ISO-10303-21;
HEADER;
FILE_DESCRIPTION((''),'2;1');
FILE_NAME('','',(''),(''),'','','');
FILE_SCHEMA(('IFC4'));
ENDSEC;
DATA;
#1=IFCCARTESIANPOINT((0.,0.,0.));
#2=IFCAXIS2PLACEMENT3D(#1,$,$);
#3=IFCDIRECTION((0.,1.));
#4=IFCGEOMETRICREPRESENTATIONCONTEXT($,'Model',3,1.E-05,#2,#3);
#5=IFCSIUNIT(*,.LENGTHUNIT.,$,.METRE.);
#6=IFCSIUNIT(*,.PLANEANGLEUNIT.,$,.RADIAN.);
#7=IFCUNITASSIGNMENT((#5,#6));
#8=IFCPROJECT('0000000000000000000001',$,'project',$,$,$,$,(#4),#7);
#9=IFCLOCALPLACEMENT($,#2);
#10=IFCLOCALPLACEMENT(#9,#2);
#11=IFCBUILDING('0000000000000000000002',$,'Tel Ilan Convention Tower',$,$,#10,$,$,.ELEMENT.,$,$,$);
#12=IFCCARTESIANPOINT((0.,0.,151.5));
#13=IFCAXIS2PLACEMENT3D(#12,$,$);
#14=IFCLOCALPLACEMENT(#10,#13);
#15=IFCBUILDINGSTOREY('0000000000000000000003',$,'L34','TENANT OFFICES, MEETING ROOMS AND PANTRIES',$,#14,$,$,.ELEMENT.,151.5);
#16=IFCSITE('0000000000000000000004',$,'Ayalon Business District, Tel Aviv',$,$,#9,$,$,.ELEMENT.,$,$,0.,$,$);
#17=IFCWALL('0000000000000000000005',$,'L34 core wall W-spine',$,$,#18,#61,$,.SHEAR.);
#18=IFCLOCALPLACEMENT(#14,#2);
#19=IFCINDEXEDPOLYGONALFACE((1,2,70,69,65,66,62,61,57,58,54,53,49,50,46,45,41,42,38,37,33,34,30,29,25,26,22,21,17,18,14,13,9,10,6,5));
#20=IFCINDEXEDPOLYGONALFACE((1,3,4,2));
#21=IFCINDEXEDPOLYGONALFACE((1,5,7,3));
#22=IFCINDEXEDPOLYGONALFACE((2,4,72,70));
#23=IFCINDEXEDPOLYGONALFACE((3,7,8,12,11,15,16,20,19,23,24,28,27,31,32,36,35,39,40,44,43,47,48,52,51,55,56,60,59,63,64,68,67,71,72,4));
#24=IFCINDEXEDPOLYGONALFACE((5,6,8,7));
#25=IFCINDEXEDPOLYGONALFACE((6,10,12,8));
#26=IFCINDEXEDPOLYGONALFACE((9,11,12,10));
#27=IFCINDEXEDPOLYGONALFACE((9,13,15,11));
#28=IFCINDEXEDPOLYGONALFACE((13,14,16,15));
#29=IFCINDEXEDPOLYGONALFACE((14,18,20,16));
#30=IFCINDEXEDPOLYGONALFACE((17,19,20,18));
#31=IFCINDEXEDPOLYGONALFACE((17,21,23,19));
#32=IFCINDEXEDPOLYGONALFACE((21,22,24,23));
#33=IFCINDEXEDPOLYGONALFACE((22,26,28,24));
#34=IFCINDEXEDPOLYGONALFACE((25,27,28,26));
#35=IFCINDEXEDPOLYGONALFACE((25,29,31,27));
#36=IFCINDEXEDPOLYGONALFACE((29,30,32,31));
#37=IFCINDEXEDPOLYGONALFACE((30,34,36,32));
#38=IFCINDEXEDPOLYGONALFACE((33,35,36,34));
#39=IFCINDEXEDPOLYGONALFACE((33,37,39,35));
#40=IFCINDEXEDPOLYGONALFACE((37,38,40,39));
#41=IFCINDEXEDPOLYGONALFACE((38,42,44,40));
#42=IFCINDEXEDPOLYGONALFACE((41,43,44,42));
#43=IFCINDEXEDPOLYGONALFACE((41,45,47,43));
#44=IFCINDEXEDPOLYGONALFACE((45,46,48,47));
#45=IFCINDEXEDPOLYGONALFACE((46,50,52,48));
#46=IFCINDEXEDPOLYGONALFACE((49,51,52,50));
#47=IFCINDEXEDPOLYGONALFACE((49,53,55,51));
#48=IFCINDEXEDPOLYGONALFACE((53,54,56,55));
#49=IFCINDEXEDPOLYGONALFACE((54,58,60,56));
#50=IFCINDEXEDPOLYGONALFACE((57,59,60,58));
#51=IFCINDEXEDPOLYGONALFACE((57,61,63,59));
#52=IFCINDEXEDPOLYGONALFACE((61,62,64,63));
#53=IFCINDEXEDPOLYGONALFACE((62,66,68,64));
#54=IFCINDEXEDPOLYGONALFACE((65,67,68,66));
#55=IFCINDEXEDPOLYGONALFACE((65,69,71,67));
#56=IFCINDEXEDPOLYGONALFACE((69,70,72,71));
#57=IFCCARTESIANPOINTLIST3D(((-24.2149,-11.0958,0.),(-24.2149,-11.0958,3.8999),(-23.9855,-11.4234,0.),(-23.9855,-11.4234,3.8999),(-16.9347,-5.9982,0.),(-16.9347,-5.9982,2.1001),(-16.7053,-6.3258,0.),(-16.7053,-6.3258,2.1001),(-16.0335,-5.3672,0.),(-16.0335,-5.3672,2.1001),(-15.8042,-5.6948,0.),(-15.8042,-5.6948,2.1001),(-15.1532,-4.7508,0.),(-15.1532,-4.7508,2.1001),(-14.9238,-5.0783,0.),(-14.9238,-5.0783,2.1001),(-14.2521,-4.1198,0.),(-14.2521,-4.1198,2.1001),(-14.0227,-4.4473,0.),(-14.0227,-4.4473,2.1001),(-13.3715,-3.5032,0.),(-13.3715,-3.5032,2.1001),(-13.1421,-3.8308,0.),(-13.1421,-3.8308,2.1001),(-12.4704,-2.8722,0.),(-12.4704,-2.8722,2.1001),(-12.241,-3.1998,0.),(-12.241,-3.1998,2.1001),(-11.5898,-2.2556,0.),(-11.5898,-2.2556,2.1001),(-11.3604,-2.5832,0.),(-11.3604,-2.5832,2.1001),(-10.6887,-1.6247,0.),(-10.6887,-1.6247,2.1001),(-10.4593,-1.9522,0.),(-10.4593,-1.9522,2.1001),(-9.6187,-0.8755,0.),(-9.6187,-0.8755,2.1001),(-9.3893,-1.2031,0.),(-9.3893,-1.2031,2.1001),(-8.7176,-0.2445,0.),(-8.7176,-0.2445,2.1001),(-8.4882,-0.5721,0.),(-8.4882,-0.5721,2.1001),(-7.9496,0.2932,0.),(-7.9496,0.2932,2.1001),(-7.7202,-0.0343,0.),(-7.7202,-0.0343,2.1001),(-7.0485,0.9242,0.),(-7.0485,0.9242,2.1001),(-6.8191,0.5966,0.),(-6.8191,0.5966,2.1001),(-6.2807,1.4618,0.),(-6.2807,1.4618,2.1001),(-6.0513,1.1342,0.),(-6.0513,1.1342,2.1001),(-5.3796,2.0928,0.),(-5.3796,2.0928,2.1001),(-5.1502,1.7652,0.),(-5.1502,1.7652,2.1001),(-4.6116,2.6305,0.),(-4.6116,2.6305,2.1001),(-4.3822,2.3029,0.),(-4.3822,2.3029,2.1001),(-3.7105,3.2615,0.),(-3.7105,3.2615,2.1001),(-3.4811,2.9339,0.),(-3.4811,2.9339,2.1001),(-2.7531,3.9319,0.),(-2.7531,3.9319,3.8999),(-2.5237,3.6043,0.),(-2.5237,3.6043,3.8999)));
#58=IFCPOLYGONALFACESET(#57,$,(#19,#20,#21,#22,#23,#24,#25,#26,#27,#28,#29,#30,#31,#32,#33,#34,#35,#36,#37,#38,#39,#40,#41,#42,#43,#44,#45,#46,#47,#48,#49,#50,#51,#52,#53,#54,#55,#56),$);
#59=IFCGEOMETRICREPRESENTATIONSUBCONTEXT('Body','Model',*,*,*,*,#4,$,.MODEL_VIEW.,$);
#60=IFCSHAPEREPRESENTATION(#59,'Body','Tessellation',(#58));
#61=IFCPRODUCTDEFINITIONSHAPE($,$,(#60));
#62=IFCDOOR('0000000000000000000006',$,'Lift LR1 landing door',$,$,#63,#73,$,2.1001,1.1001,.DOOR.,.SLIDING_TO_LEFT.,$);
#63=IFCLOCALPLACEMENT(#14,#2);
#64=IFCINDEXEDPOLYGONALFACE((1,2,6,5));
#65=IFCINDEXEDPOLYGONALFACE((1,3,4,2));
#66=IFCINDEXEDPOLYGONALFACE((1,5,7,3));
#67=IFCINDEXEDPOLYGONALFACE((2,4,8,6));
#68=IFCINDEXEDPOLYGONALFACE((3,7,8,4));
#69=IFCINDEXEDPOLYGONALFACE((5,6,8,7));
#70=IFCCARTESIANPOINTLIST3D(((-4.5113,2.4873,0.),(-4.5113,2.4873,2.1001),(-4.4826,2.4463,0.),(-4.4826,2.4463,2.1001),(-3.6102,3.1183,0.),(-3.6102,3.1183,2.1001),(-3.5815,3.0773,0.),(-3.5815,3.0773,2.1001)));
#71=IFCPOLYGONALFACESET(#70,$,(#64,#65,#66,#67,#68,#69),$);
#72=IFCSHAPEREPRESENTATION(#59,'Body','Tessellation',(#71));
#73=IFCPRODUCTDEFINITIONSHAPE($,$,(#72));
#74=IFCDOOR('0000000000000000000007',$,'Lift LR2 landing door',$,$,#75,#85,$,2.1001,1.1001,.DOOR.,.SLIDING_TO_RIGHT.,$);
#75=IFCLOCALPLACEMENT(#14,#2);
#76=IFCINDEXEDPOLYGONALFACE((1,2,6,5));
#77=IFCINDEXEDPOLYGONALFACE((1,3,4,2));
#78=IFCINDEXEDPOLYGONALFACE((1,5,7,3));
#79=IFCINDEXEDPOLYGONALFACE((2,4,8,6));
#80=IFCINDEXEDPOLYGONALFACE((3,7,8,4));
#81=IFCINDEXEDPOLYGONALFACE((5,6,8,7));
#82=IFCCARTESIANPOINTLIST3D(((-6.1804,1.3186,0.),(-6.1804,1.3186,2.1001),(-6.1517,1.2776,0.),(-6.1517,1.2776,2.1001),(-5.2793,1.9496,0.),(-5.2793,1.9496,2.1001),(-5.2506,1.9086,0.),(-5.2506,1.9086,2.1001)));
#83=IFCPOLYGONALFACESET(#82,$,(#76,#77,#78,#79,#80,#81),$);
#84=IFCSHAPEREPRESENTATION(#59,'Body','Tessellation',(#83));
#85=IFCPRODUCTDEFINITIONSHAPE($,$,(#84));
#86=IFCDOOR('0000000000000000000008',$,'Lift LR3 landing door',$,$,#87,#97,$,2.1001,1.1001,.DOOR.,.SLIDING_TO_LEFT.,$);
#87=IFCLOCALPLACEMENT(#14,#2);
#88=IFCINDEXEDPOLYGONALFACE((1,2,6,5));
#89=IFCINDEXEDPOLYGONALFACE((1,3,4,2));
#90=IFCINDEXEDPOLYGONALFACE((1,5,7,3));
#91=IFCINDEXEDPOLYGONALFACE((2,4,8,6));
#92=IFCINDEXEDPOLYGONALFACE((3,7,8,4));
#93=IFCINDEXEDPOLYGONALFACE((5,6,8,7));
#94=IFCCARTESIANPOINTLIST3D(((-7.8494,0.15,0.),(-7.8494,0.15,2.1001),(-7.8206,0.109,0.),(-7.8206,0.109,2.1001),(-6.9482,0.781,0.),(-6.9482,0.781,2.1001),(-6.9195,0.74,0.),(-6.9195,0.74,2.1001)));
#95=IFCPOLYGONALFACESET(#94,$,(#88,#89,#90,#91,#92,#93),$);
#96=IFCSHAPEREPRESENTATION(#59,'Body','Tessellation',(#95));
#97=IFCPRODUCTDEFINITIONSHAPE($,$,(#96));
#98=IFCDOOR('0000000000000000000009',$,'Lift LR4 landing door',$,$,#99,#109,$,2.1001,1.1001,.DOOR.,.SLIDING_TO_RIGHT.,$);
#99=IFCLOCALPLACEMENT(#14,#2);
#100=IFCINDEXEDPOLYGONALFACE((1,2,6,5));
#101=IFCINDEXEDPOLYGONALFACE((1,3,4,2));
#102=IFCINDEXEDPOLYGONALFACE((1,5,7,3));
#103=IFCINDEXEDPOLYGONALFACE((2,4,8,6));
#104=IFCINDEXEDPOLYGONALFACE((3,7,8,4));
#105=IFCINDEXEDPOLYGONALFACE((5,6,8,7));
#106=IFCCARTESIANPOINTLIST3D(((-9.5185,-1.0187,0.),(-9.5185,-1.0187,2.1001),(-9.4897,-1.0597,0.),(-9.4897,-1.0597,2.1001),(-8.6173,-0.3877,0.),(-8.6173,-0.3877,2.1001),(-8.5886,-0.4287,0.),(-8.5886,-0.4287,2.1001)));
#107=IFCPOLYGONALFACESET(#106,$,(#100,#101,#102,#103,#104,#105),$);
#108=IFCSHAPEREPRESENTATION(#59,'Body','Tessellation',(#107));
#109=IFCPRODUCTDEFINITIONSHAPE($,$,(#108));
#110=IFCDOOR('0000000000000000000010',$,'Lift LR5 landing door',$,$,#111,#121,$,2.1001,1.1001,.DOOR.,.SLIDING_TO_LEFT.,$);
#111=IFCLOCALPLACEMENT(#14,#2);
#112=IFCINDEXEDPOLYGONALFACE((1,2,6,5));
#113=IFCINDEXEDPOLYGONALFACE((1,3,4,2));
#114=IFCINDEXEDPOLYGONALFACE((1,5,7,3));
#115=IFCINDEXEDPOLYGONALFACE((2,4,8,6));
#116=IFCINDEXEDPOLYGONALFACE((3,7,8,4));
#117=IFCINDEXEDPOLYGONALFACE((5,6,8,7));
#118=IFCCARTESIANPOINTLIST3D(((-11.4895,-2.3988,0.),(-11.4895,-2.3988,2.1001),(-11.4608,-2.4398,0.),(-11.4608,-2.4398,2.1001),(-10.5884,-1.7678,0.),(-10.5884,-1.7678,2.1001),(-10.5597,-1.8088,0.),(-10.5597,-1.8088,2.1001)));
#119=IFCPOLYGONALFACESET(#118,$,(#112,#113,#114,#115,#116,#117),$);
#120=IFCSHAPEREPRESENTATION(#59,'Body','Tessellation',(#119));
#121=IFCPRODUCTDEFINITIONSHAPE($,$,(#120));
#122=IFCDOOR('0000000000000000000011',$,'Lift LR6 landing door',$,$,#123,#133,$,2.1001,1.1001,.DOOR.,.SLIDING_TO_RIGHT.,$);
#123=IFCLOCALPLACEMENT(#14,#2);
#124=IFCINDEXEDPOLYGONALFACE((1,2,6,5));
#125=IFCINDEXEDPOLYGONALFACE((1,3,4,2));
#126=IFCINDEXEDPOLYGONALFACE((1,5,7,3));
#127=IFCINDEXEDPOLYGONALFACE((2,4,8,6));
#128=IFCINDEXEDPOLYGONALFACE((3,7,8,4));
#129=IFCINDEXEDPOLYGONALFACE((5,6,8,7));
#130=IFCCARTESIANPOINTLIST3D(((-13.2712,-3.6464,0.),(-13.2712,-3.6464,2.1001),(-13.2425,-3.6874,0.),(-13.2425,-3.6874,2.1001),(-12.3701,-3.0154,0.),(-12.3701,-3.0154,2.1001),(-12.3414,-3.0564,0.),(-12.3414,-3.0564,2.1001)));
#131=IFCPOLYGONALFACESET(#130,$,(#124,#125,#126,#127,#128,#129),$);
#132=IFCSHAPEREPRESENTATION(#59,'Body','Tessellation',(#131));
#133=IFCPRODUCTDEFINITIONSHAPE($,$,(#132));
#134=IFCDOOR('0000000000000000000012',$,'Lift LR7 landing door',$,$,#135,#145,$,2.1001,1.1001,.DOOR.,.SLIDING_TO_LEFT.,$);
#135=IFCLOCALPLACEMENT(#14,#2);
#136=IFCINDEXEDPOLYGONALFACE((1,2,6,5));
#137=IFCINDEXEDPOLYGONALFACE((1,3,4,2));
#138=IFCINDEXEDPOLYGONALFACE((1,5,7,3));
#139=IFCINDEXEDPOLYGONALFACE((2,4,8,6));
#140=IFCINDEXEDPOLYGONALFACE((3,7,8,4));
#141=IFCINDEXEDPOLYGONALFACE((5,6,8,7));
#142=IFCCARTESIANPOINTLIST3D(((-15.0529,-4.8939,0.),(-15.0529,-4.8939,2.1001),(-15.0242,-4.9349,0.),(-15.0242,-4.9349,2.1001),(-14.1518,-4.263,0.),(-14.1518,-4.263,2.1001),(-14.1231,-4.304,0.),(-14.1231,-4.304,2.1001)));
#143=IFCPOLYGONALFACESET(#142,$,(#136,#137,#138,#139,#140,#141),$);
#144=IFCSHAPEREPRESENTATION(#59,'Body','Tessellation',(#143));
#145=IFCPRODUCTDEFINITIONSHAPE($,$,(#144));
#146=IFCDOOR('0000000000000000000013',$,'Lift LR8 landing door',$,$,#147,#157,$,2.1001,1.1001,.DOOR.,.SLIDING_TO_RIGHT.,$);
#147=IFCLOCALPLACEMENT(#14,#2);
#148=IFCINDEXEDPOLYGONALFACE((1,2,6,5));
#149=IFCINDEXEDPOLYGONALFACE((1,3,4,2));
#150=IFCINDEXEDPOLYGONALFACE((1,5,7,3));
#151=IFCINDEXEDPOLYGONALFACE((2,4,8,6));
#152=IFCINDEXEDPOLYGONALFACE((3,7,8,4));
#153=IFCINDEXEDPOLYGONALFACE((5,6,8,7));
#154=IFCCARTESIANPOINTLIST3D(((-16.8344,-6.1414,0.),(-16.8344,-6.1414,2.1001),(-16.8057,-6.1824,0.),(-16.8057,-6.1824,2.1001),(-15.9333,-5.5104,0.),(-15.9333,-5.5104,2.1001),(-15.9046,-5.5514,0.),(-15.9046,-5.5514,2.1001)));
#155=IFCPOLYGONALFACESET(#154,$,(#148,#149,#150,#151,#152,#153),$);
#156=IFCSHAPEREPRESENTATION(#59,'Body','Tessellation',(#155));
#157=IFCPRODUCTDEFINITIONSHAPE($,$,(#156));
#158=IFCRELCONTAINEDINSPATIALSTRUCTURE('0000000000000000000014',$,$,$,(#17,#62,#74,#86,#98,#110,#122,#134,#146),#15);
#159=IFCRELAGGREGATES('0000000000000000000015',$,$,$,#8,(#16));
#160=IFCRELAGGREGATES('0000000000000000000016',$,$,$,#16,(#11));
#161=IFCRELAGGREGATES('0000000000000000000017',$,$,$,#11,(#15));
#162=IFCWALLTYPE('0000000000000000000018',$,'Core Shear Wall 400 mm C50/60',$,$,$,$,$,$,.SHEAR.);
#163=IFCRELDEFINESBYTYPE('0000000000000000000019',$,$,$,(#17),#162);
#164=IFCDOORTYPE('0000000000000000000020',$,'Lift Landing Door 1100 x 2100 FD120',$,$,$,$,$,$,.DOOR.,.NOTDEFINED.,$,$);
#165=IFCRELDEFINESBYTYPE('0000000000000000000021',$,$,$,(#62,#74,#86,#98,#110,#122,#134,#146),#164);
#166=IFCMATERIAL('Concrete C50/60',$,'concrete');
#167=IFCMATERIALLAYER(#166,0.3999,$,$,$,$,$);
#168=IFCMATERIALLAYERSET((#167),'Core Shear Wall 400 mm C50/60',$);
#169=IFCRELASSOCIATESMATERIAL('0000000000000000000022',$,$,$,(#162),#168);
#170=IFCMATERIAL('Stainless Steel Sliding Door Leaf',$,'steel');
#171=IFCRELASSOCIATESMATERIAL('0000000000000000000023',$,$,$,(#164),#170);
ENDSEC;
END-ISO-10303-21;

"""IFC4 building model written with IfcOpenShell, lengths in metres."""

from ifc_helpers import new_model, si_unit, direction, frame, frame_2d, origin, place, context, subcontext, project, spatial, polyline, rectangle, outline, extrude, material, layer, layer_set, type_object, element, fill, save


model = new_model("IFC4")

# Units and contexts
model_context = context("Model", 3, precision=1e-05, world=origin(), true_north=direction((0.0, 1.0)))
body_context = subcontext(model_context, "Body", "Model", "MODEL_VIEW")
ifc_project = project(units=[si_unit("LENGTHUNIT", "METRE"), si_unit("PLANEANGLEUNIT", "RADIAN")], contexts=[model_context])

# Site, building, storey
site_placement = place(None, origin())
site = spatial("IfcSite", under=ifc_project, at=site_placement, Name="Ayalon Business District, Tel Aviv", CompositionType="ELEMENT", RefElevation=0.0)
building_placement = place(site_placement, origin())
building = spatial("IfcBuilding", under=site, at=building_placement, Name="Tel Ilan Convention Tower", CompositionType="ELEMENT")
storey_placement = place(building_placement, frame((0.0, 0.0, 151.5)))
storey = spatial("IfcBuildingStorey", under=building, at=storey_placement, Name="L34", Description="TENANT OFFICES, MEETING ROOMS AND PANTRIES", CompositionType="ELEMENT", Elevation=151.5)

# Wall, openings, doors
ifc_material_1 = material(Name="Concrete C50/60", Category="concrete")
ifc_layer_1 = layer(ifc_material_1, 0.3999)
ifc_layer_set_1 = layer_set([ifc_layer_1], Name="Core Shear Wall 400 mm C50/60")
wall_type_1 = type_object("IfcWallType", Name="Core Shear Wall 400 mm C50/60", PredefinedType="SHEAR", material=ifc_layer_set_1)
wall_1_placement = place(storey_placement, frame((-2.6384, 3.7681, 0.0), z_axis=(0.0, 0.0, 1.0), x_axis=(-0.819153, -0.573576, 0.0)))
wall_1 = element("IfcWall", 1, at=wall_1_placement, inside=storey, type_object=wall_type_1, Name="L34 core wall W-spine", PredefinedType="SHEAR", context=body_context, shape_type="SweptSolid", body=[
    extrude(outline(polyline([(26.2, 0.2), (0.0, 0.2), (0.0, -0.2), (26.2, -0.2), (26.2, 0.2)])), origin(), (0.0, 0.0, 1.0), 3.8999),
])
opening_1_placement = place(wall_1_placement, frame((1.1687, 0.0, 0.0)))
opening_1 = element("IfcOpeningElement", 2, at=opening_1_placement, cuts=wall_1, PredefinedType="OPENING", context=body_context, shape_type="SweptSolid", body=[
    extrude(rectangle(XDim=1.1001, YDim=2.1001, at=frame_2d((0.55, 1.05))), frame((0.0, 0.21, 0.0), z_axis=(0.0, -1.0, 0.0), x_axis=(1.0, 0.0, 0.0)), (0.0, 0.0, 1.0), 0.4199),
])
opening_2_placement = place(wall_1_placement, frame((3.2063, 0.0, 0.0)))
opening_2 = element("IfcOpeningElement", 3, at=opening_2_placement, cuts=wall_1, PredefinedType="OPENING", context=body_context, shape_type="SweptSolid", body=[
    extrude(rectangle(XDim=1.1001, YDim=2.1001, at=frame_2d((0.55, 1.05))), frame((0.0, 0.21, 0.0), z_axis=(0.0, -1.0, 0.0), x_axis=(1.0, 0.0, 0.0)), (0.0, 0.0, 1.0), 0.4199),
])
opening_3_placement = place(wall_1_placement, frame((5.2437, 0.0, 0.0)))
opening_3 = element("IfcOpeningElement", 4, at=opening_3_placement, cuts=wall_1, PredefinedType="OPENING", context=body_context, shape_type="SweptSolid", body=[
    extrude(rectangle(XDim=1.1001, YDim=2.1001, at=frame_2d((0.55, 1.05))), frame((0.0, 0.21, 0.0), z_axis=(0.0, -1.0, 0.0), x_axis=(1.0, 0.0, 0.0)), (0.0, 0.0, 1.0), 0.4199),
])
opening_4_placement = place(wall_1_placement, frame((7.2812, 0.0, 0.0)))
opening_4 = element("IfcOpeningElement", 5, at=opening_4_placement, cuts=wall_1, PredefinedType="OPENING", context=body_context, shape_type="SweptSolid", body=[
    extrude(rectangle(XDim=1.1001, YDim=2.1001, at=frame_2d((0.55, 1.05))), frame((0.0, 0.21, 0.0), z_axis=(0.0, -1.0, 0.0), x_axis=(1.0, 0.0, 0.0)), (0.0, 0.0, 1.0), 0.4199),
])
opening_5_placement = place(wall_1_placement, frame((9.6875, 0.0, 0.0)))
opening_5 = element("IfcOpeningElement", 6, at=opening_5_placement, cuts=wall_1, PredefinedType="OPENING", context=body_context, shape_type="SweptSolid", body=[
    extrude(rectangle(XDim=1.1001, YDim=2.1001, at=frame_2d((0.55, 1.05))), frame((0.0, 0.21, 0.0), z_axis=(0.0, -1.0, 0.0), x_axis=(1.0, 0.0, 0.0)), (0.0, 0.0, 1.0), 0.4199),
])
opening_6_placement = place(wall_1_placement, frame((11.8625, 0.0, 0.0)))
opening_6 = element("IfcOpeningElement", 7, at=opening_6_placement, cuts=wall_1, PredefinedType="OPENING", context=body_context, shape_type="SweptSolid", body=[
    extrude(rectangle(XDim=1.1001, YDim=2.1001, at=frame_2d((0.55, 1.05))), frame((0.0, 0.21, 0.0), z_axis=(0.0, -1.0, 0.0), x_axis=(1.0, 0.0, 0.0)), (0.0, 0.0, 1.0), 0.4199),
])
opening_7_placement = place(wall_1_placement, frame((14.0376, 0.0, 0.0)))
opening_7 = element("IfcOpeningElement", 8, at=opening_7_placement, cuts=wall_1, PredefinedType="OPENING", context=body_context, shape_type="SweptSolid", body=[
    extrude(rectangle(XDim=1.1001, YDim=2.1001, at=frame_2d((0.55, 1.05))), frame((0.0, 0.21, 0.0), z_axis=(0.0, -1.0, 0.0), x_axis=(1.0, 0.0, 0.0)), (0.0, 0.0, 1.0), 0.4199),
])
opening_8_placement = place(wall_1_placement, frame((16.2124, 0.0, 0.0)))
opening_8 = element("IfcOpeningElement", 9, at=opening_8_placement, cuts=wall_1, PredefinedType="OPENING", context=body_context, shape_type="SweptSolid", body=[
    extrude(rectangle(XDim=1.1001, YDim=2.1001, at=frame_2d((0.55, 1.05))), frame((0.0, 0.21, 0.0), z_axis=(0.0, -1.0, 0.0), x_axis=(1.0, 0.0, 0.0)), (0.0, 0.0, 1.0), 0.4199),
])
ifc_material_2 = material(Name="Stainless Steel Sliding Door Leaf", Category="steel")
door_type = type_object("IfcDoorType", Name="Lift Landing Door 1100 x 2100 FD120", OperationType="NOTDEFINED", PredefinedType="DOOR", material=ifc_material_2)
door_1_placement = place(opening_1_placement, origin())
door_1 = element("IfcDoor", 10, at=door_1_placement, inside=storey, type_object=door_type, Name="Lift LR1 landing door", OperationType="SLIDING_TO_LEFT", OverallHeight=2.1001, OverallWidth=1.1001, PredefinedType="DOOR", context=body_context, shape_type="SweptSolid", body=[
    extrude(rectangle(XDim=1.1001, YDim=2.1001, at=frame_2d((0.55, 1.05))), frame((0.0, 0.0249, 0.0), z_axis=(0.0, -1.0, 0.0), x_axis=(1.0, 0.0, 0.0)), (0.0, 0.0, 1.0), 0.05),
])
fill(opening_1, door_1)
door_2_placement = place(opening_2_placement, origin())
door_2 = element("IfcDoor", 11, at=door_2_placement, inside=storey, type_object=door_type, Name="Lift LR2 landing door", OperationType="SLIDING_TO_RIGHT", OverallHeight=2.1001, OverallWidth=1.1001, PredefinedType="DOOR", context=body_context, shape_type="SweptSolid", body=[
    extrude(rectangle(XDim=1.1001, YDim=2.1001, at=frame_2d((0.55, 1.05))), frame((0.0, 0.0249, 0.0), z_axis=(0.0, -1.0, 0.0), x_axis=(1.0, 0.0, 0.0)), (0.0, 0.0, 1.0), 0.05),
])
fill(opening_2, door_2)
door_3_placement = place(opening_3_placement, origin())
door_3 = element("IfcDoor", 12, at=door_3_placement, inside=storey, type_object=door_type, Name="Lift LR3 landing door", OperationType="SLIDING_TO_LEFT", OverallHeight=2.1001, OverallWidth=1.1001, PredefinedType="DOOR", context=body_context, shape_type="SweptSolid", body=[
    extrude(rectangle(XDim=1.1001, YDim=2.1001, at=frame_2d((0.55, 1.05))), frame((0.0, 0.0249, 0.0), z_axis=(0.0, -1.0, 0.0), x_axis=(1.0, 0.0, 0.0)), (0.0, 0.0, 1.0), 0.05),
])
fill(opening_3, door_3)
door_4_placement = place(opening_4_placement, origin())
door_4 = element("IfcDoor", 13, at=door_4_placement, inside=storey, type_object=door_type, Name="Lift LR4 landing door", OperationType="SLIDING_TO_RIGHT", OverallHeight=2.1001, OverallWidth=1.1001, PredefinedType="DOOR", context=body_context, shape_type="SweptSolid", body=[
    extrude(rectangle(XDim=1.1001, YDim=2.1001, at=frame_2d((0.55, 1.05))), frame((0.0, 0.0249, 0.0), z_axis=(0.0, -1.0, 0.0), x_axis=(1.0, 0.0, 0.0)), (0.0, 0.0, 1.0), 0.05),
])
fill(opening_4, door_4)
door_5_placement = place(opening_5_placement, origin())
door_5 = element("IfcDoor", 14, at=door_5_placement, inside=storey, type_object=door_type, Name="Lift LR5 landing door", OperationType="SLIDING_TO_LEFT", OverallHeight=2.1001, OverallWidth=1.1001, PredefinedType="DOOR", context=body_context, shape_type="SweptSolid", body=[
    extrude(rectangle(XDim=1.1001, YDim=2.1001, at=frame_2d((0.55, 1.05))), frame((0.0, 0.0249, 0.0), z_axis=(0.0, -1.0, 0.0), x_axis=(1.0, 0.0, 0.0)), (0.0, 0.0, 1.0), 0.05),
])
fill(opening_5, door_5)
door_6_placement = place(opening_6_placement, origin())
door_6 = element("IfcDoor", 15, at=door_6_placement, inside=storey, type_object=door_type, Name="Lift LR6 landing door", OperationType="SLIDING_TO_RIGHT", OverallHeight=2.1001, OverallWidth=1.1001, PredefinedType="DOOR", context=body_context, shape_type="SweptSolid", body=[
    extrude(rectangle(XDim=1.1001, YDim=2.1001, at=frame_2d((0.55, 1.05))), frame((0.0, 0.0249, 0.0), z_axis=(0.0, -1.0, 0.0), x_axis=(1.0, 0.0, 0.0)), (0.0, 0.0, 1.0), 0.05),
])
fill(opening_6, door_6)
door_7_placement = place(opening_7_placement, origin())
door_7 = element("IfcDoor", 16, at=door_7_placement, inside=storey, type_object=door_type, Name="Lift LR7 landing door", OperationType="SLIDING_TO_LEFT", OverallHeight=2.1001, OverallWidth=1.1001, PredefinedType="DOOR", context=body_context, shape_type="SweptSolid", body=[
    extrude(rectangle(XDim=1.1001, YDim=2.1001, at=frame_2d((0.55, 1.05))), frame((0.0, 0.0249, 0.0), z_axis=(0.0, -1.0, 0.0), x_axis=(1.0, 0.0, 0.0)), (0.0, 0.0, 1.0), 0.05),
])
fill(opening_7, door_7)
door_8_placement = place(opening_8_placement, origin())
door_8 = element("IfcDoor", 17, at=door_8_placement, inside=storey, type_object=door_type, Name="Lift LR8 landing door", OperationType="SLIDING_TO_RIGHT", OverallHeight=2.1001, OverallWidth=1.1001, PredefinedType="DOOR", context=body_context, shape_type="SweptSolid", body=[
    extrude(rectangle(XDim=1.1001, YDim=2.1001, at=frame_2d((0.55, 1.05))), frame((0.0, 0.0249, 0.0), z_axis=(0.0, -1.0, 0.0), x_axis=(1.0, 0.0, 0.0)), (0.0, 0.0, 1.0), 0.05),
])
fill(opening_8, door_8)

save(model, "model.ifc")
